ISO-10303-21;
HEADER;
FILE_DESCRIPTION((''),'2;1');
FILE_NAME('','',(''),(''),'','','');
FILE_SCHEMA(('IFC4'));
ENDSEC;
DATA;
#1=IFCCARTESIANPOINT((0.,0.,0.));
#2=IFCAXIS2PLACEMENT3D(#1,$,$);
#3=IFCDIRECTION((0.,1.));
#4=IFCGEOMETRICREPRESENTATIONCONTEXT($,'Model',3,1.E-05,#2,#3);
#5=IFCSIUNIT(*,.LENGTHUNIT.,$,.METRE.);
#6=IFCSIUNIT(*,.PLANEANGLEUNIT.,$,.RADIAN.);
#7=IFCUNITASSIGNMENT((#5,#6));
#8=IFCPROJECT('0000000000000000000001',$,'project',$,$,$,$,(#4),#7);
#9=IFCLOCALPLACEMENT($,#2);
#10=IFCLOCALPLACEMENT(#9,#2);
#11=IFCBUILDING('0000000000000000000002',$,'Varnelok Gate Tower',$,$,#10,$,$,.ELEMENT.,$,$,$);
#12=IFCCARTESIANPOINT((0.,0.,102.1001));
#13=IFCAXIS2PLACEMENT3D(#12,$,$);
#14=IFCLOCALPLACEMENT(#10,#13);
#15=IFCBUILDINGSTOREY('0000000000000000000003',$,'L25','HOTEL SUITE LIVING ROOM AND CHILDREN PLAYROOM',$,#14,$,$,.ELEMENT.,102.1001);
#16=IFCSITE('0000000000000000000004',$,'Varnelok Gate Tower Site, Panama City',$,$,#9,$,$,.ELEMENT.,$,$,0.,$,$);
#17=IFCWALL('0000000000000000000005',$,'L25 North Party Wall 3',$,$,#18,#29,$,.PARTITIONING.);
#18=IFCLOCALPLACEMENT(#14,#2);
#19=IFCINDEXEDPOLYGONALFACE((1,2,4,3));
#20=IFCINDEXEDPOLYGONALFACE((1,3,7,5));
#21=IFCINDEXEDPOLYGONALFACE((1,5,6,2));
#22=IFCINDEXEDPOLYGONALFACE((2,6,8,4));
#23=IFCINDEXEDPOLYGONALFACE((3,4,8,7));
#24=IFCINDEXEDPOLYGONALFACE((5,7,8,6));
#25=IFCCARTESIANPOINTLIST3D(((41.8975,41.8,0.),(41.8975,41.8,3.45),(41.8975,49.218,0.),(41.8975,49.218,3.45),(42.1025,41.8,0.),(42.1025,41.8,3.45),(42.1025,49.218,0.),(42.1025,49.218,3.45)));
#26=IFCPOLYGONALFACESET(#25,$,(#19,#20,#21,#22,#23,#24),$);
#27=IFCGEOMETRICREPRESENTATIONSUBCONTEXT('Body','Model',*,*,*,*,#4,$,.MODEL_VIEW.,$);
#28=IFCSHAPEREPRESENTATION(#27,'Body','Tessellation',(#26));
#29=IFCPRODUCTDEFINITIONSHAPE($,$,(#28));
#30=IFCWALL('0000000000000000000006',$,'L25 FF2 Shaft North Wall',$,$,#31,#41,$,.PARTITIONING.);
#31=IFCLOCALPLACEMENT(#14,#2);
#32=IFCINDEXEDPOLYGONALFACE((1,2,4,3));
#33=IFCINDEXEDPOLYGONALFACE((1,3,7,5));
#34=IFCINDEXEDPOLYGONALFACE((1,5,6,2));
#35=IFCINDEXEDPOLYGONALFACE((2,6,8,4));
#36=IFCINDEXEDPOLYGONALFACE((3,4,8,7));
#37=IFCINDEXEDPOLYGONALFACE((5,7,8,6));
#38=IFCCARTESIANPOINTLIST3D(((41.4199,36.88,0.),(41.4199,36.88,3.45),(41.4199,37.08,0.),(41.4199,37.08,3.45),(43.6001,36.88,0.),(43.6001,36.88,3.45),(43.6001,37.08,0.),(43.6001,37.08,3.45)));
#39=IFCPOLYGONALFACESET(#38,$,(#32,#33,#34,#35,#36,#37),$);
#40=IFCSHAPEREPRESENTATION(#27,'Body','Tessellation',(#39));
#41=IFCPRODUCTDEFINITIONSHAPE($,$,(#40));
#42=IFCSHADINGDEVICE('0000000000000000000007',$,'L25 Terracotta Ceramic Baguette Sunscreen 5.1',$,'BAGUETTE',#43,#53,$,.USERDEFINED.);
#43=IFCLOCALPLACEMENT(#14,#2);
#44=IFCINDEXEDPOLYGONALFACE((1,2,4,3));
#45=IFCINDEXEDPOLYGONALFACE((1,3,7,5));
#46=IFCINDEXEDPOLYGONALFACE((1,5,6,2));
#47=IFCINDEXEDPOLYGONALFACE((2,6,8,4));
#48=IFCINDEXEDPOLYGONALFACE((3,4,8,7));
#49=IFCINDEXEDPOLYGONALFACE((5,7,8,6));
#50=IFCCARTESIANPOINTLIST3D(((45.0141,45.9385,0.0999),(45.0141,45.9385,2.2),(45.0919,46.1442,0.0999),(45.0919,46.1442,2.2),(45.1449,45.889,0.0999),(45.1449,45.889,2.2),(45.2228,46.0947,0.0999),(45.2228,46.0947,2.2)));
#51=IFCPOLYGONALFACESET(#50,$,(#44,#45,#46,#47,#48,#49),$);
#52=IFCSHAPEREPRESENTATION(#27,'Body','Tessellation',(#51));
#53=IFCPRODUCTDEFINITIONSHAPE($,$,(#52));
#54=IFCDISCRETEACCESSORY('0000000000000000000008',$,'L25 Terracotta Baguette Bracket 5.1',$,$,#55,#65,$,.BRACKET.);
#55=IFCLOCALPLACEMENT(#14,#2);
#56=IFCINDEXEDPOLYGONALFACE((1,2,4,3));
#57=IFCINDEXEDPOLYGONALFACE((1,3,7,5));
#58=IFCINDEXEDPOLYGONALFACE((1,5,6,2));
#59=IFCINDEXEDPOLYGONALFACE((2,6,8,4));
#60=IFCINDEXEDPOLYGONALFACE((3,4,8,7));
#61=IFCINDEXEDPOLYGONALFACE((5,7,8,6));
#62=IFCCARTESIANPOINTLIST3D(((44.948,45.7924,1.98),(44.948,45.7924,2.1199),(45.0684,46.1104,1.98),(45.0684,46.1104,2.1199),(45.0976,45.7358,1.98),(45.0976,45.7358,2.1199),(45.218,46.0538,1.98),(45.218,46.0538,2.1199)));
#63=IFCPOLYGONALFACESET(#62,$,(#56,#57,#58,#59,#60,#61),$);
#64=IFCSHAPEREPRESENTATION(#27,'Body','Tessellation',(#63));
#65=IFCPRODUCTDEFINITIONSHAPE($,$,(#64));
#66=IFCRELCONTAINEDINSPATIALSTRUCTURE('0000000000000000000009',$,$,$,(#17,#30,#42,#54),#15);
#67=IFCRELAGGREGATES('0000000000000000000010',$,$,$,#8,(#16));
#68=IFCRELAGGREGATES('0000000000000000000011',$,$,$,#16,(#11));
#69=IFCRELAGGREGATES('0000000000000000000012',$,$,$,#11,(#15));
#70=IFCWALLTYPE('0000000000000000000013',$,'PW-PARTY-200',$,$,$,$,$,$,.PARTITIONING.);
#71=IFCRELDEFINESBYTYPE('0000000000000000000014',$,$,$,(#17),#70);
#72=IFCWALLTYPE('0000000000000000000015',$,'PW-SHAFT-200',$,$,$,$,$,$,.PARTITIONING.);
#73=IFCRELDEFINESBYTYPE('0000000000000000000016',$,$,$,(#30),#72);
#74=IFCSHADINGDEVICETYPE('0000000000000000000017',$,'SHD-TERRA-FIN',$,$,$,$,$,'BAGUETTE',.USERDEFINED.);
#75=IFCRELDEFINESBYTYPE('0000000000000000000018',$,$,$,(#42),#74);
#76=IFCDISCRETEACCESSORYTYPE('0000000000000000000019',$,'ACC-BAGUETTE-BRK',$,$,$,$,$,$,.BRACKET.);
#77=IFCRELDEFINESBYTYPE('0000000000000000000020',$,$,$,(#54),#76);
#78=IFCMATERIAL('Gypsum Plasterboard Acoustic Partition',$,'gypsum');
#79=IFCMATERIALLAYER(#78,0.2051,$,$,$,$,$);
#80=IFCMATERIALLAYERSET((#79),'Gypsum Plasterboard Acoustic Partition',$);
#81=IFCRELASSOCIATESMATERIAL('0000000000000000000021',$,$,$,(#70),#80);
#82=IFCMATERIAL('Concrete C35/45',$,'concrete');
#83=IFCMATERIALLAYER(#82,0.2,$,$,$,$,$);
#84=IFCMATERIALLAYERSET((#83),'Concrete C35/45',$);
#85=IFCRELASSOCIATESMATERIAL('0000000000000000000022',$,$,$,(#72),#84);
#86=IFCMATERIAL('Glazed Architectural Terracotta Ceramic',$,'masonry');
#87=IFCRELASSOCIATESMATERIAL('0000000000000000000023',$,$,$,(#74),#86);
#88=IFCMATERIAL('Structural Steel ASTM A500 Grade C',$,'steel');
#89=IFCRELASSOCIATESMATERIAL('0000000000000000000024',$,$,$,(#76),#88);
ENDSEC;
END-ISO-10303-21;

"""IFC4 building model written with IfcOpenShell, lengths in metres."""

from ifc_helpers import new_model, si_unit, direction, frame, frame_2d, origin, origin_2d, place, context, subcontext, project, spatial, rectangle, extrude, source, transform, mapped, material, layer, layer_set, type_object, element, save


model = new_model("IFC4")

# Units and contexts
model_context = context("Model", 3, precision=1e-05, world=origin(), true_north=direction((0.0, 1.0)))
body_context = subcontext(model_context, "Body", "Model", "MODEL_VIEW")
ifc_project = project(units=[si_unit("LENGTHUNIT", "METRE"), si_unit("PLANEANGLEUNIT", "RADIAN")], contexts=[model_context])

# Site, building, storey
site_placement = place(None, origin())
site = spatial("IfcSite", under=ifc_project, at=site_placement, Name="Varnelok Gate Tower Site, Panama City", CompositionType="ELEMENT", RefElevation=0.0)
building_placement = place(site_placement, origin())
building = spatial("IfcBuilding", under=site, at=building_placement, Name="Varnelok Gate Tower", CompositionType="ELEMENT")
storey_placement = place(building_placement, frame((0.0, 0.0, 102.1001)))
storey = spatial("IfcBuildingStorey", under=building, at=storey_placement, Name="L25", Description="HOTEL SUITE LIVING ROOM AND CHILDREN PLAYROOM", CompositionType="ELEMENT", Elevation=102.1001)

# Shared definitions
ifc_material_1 = material(Name="Gypsum Plasterboard Acoustic Partition", Category="gypsum")

# Walls
ifc_layer_1 = layer(ifc_material_1, 0.2051)
ifc_layer_set_1 = layer_set([ifc_layer_1], Name="Gypsum Plasterboard Acoustic Partition")
wall_type_1 = type_object("IfcWallType", Name="PW-PARTY-200", PredefinedType="PARTITIONING", material=ifc_layer_set_1)
wall_1_placement = place(storey_placement, frame((42.0, 41.8, 0.0), z_axis=(0.0, 0.0, 1.0), x_axis=(0.0, 1.0, 0.0)))
element("IfcWall", 1, at=wall_1_placement, inside=storey, type_object=wall_type_1, Name="L25 North Party Wall 3", PredefinedType="PARTITIONING", context=body_context, shape_type="SweptSolid", body=[
    extrude(rectangle(XDim=7.418, YDim=0.2051, at=frame_2d((3.709, 0.0))), origin(), (0.0, 0.0, 1.0), 3.45),
])
ifc_material_2 = material(Name="Concrete C35/45", Category="concrete")
ifc_layer_2 = layer(ifc_material_2, 0.2)
ifc_layer_set_2 = layer_set([ifc_layer_2], Name="Concrete C35/45")
wall_type_2 = type_object("IfcWallType", Name="PW-SHAFT-200", PredefinedType="PARTITIONING", material=ifc_layer_set_2)
wall_2_placement = place(storey_placement, frame((41.4199, 36.98, 0.0), z_axis=(0.0, 0.0, 1.0), x_axis=(1.0, 0.0, 0.0)))
element("IfcWall", 2, at=wall_2_placement, inside=storey, type_object=wall_type_2, Name="L25 FF2 Shaft North Wall", PredefinedType="PARTITIONING", context=body_context, shape_type="SweptSolid", body=[
    extrude(rectangle(XDim=2.1802, YDim=0.2, at=frame_2d((1.0901, 0.0))), origin(), (0.0, 0.0, 1.0), 3.45),
])

# Shading device
ifc_material_3 = material(Name="Glazed Architectural Terracotta Ceramic", Category="masonry")
shading_device_type = type_object("IfcShadingDeviceType", Name="SHD-TERRA-FIN", ElementType="BAGUETTE", PredefinedType="USERDEFINED", material=ifc_material_3)
shared_shape_1 = source(origin(), body_context, "Body", "SweptSolid", [
    extrude(rectangle(XDim=0.1399, YDim=0.22, at=origin_2d()), origin(), (0.0, 0.0, 1.0), 2.1001),
])
shading_device_placement = place(storey_placement, frame((45.1184, 46.0166, 0.0999), z_axis=(0.0, 0.0, 1.0), x_axis=(0.935222, -0.354063, 0.0)))
element("IfcShadingDevice", 3, at=shading_device_placement, inside=storey, type_object=shading_device_type, Name="L25 Terracotta Ceramic Baguette Sunscreen 5.1", ObjectType="BAGUETTE", PredefinedType="USERDEFINED", context=body_context, shape_type="MappedRepresentation", body=[
    mapped(shared_shape_1, transform((0.0, 0.0, 0.0), scale=1.0)),
])

# Discrete accessory
ifc_material_4 = material(Name="Structural Steel ASTM A500 Grade C", Category="steel")
discrete_accessory_type = type_object("IfcDiscreteAccessoryType", Name="ACC-BAGUETTE-BRK", PredefinedType="BRACKET", material=ifc_material_4)
shared_shape_2 = source(origin(), body_context, "Body", "SweptSolid", [
    extrude(rectangle(XDim=0.1599, YDim=0.3401, at=origin_2d()), origin(), (0.0, 0.0, 1.0), 0.1399),
])
discrete_accessory_placement = place(storey_placement, frame((45.083, 45.9231, 1.98), z_axis=(0.0, 0.0, 1.0), x_axis=(0.935222, -0.354063, 0.0)))
element("IfcDiscreteAccessory", 4, at=discrete_accessory_placement, inside=storey, type_object=discrete_accessory_type, Name="L25 Terracotta Baguette Bracket 5.1", PredefinedType="BRACKET", context=body_context, shape_type="MappedRepresentation", body=[
    mapped(shared_shape_2, transform((0.0, 0.0, 0.0), scale=1.0)),
])

save(model, "model.ifc")
